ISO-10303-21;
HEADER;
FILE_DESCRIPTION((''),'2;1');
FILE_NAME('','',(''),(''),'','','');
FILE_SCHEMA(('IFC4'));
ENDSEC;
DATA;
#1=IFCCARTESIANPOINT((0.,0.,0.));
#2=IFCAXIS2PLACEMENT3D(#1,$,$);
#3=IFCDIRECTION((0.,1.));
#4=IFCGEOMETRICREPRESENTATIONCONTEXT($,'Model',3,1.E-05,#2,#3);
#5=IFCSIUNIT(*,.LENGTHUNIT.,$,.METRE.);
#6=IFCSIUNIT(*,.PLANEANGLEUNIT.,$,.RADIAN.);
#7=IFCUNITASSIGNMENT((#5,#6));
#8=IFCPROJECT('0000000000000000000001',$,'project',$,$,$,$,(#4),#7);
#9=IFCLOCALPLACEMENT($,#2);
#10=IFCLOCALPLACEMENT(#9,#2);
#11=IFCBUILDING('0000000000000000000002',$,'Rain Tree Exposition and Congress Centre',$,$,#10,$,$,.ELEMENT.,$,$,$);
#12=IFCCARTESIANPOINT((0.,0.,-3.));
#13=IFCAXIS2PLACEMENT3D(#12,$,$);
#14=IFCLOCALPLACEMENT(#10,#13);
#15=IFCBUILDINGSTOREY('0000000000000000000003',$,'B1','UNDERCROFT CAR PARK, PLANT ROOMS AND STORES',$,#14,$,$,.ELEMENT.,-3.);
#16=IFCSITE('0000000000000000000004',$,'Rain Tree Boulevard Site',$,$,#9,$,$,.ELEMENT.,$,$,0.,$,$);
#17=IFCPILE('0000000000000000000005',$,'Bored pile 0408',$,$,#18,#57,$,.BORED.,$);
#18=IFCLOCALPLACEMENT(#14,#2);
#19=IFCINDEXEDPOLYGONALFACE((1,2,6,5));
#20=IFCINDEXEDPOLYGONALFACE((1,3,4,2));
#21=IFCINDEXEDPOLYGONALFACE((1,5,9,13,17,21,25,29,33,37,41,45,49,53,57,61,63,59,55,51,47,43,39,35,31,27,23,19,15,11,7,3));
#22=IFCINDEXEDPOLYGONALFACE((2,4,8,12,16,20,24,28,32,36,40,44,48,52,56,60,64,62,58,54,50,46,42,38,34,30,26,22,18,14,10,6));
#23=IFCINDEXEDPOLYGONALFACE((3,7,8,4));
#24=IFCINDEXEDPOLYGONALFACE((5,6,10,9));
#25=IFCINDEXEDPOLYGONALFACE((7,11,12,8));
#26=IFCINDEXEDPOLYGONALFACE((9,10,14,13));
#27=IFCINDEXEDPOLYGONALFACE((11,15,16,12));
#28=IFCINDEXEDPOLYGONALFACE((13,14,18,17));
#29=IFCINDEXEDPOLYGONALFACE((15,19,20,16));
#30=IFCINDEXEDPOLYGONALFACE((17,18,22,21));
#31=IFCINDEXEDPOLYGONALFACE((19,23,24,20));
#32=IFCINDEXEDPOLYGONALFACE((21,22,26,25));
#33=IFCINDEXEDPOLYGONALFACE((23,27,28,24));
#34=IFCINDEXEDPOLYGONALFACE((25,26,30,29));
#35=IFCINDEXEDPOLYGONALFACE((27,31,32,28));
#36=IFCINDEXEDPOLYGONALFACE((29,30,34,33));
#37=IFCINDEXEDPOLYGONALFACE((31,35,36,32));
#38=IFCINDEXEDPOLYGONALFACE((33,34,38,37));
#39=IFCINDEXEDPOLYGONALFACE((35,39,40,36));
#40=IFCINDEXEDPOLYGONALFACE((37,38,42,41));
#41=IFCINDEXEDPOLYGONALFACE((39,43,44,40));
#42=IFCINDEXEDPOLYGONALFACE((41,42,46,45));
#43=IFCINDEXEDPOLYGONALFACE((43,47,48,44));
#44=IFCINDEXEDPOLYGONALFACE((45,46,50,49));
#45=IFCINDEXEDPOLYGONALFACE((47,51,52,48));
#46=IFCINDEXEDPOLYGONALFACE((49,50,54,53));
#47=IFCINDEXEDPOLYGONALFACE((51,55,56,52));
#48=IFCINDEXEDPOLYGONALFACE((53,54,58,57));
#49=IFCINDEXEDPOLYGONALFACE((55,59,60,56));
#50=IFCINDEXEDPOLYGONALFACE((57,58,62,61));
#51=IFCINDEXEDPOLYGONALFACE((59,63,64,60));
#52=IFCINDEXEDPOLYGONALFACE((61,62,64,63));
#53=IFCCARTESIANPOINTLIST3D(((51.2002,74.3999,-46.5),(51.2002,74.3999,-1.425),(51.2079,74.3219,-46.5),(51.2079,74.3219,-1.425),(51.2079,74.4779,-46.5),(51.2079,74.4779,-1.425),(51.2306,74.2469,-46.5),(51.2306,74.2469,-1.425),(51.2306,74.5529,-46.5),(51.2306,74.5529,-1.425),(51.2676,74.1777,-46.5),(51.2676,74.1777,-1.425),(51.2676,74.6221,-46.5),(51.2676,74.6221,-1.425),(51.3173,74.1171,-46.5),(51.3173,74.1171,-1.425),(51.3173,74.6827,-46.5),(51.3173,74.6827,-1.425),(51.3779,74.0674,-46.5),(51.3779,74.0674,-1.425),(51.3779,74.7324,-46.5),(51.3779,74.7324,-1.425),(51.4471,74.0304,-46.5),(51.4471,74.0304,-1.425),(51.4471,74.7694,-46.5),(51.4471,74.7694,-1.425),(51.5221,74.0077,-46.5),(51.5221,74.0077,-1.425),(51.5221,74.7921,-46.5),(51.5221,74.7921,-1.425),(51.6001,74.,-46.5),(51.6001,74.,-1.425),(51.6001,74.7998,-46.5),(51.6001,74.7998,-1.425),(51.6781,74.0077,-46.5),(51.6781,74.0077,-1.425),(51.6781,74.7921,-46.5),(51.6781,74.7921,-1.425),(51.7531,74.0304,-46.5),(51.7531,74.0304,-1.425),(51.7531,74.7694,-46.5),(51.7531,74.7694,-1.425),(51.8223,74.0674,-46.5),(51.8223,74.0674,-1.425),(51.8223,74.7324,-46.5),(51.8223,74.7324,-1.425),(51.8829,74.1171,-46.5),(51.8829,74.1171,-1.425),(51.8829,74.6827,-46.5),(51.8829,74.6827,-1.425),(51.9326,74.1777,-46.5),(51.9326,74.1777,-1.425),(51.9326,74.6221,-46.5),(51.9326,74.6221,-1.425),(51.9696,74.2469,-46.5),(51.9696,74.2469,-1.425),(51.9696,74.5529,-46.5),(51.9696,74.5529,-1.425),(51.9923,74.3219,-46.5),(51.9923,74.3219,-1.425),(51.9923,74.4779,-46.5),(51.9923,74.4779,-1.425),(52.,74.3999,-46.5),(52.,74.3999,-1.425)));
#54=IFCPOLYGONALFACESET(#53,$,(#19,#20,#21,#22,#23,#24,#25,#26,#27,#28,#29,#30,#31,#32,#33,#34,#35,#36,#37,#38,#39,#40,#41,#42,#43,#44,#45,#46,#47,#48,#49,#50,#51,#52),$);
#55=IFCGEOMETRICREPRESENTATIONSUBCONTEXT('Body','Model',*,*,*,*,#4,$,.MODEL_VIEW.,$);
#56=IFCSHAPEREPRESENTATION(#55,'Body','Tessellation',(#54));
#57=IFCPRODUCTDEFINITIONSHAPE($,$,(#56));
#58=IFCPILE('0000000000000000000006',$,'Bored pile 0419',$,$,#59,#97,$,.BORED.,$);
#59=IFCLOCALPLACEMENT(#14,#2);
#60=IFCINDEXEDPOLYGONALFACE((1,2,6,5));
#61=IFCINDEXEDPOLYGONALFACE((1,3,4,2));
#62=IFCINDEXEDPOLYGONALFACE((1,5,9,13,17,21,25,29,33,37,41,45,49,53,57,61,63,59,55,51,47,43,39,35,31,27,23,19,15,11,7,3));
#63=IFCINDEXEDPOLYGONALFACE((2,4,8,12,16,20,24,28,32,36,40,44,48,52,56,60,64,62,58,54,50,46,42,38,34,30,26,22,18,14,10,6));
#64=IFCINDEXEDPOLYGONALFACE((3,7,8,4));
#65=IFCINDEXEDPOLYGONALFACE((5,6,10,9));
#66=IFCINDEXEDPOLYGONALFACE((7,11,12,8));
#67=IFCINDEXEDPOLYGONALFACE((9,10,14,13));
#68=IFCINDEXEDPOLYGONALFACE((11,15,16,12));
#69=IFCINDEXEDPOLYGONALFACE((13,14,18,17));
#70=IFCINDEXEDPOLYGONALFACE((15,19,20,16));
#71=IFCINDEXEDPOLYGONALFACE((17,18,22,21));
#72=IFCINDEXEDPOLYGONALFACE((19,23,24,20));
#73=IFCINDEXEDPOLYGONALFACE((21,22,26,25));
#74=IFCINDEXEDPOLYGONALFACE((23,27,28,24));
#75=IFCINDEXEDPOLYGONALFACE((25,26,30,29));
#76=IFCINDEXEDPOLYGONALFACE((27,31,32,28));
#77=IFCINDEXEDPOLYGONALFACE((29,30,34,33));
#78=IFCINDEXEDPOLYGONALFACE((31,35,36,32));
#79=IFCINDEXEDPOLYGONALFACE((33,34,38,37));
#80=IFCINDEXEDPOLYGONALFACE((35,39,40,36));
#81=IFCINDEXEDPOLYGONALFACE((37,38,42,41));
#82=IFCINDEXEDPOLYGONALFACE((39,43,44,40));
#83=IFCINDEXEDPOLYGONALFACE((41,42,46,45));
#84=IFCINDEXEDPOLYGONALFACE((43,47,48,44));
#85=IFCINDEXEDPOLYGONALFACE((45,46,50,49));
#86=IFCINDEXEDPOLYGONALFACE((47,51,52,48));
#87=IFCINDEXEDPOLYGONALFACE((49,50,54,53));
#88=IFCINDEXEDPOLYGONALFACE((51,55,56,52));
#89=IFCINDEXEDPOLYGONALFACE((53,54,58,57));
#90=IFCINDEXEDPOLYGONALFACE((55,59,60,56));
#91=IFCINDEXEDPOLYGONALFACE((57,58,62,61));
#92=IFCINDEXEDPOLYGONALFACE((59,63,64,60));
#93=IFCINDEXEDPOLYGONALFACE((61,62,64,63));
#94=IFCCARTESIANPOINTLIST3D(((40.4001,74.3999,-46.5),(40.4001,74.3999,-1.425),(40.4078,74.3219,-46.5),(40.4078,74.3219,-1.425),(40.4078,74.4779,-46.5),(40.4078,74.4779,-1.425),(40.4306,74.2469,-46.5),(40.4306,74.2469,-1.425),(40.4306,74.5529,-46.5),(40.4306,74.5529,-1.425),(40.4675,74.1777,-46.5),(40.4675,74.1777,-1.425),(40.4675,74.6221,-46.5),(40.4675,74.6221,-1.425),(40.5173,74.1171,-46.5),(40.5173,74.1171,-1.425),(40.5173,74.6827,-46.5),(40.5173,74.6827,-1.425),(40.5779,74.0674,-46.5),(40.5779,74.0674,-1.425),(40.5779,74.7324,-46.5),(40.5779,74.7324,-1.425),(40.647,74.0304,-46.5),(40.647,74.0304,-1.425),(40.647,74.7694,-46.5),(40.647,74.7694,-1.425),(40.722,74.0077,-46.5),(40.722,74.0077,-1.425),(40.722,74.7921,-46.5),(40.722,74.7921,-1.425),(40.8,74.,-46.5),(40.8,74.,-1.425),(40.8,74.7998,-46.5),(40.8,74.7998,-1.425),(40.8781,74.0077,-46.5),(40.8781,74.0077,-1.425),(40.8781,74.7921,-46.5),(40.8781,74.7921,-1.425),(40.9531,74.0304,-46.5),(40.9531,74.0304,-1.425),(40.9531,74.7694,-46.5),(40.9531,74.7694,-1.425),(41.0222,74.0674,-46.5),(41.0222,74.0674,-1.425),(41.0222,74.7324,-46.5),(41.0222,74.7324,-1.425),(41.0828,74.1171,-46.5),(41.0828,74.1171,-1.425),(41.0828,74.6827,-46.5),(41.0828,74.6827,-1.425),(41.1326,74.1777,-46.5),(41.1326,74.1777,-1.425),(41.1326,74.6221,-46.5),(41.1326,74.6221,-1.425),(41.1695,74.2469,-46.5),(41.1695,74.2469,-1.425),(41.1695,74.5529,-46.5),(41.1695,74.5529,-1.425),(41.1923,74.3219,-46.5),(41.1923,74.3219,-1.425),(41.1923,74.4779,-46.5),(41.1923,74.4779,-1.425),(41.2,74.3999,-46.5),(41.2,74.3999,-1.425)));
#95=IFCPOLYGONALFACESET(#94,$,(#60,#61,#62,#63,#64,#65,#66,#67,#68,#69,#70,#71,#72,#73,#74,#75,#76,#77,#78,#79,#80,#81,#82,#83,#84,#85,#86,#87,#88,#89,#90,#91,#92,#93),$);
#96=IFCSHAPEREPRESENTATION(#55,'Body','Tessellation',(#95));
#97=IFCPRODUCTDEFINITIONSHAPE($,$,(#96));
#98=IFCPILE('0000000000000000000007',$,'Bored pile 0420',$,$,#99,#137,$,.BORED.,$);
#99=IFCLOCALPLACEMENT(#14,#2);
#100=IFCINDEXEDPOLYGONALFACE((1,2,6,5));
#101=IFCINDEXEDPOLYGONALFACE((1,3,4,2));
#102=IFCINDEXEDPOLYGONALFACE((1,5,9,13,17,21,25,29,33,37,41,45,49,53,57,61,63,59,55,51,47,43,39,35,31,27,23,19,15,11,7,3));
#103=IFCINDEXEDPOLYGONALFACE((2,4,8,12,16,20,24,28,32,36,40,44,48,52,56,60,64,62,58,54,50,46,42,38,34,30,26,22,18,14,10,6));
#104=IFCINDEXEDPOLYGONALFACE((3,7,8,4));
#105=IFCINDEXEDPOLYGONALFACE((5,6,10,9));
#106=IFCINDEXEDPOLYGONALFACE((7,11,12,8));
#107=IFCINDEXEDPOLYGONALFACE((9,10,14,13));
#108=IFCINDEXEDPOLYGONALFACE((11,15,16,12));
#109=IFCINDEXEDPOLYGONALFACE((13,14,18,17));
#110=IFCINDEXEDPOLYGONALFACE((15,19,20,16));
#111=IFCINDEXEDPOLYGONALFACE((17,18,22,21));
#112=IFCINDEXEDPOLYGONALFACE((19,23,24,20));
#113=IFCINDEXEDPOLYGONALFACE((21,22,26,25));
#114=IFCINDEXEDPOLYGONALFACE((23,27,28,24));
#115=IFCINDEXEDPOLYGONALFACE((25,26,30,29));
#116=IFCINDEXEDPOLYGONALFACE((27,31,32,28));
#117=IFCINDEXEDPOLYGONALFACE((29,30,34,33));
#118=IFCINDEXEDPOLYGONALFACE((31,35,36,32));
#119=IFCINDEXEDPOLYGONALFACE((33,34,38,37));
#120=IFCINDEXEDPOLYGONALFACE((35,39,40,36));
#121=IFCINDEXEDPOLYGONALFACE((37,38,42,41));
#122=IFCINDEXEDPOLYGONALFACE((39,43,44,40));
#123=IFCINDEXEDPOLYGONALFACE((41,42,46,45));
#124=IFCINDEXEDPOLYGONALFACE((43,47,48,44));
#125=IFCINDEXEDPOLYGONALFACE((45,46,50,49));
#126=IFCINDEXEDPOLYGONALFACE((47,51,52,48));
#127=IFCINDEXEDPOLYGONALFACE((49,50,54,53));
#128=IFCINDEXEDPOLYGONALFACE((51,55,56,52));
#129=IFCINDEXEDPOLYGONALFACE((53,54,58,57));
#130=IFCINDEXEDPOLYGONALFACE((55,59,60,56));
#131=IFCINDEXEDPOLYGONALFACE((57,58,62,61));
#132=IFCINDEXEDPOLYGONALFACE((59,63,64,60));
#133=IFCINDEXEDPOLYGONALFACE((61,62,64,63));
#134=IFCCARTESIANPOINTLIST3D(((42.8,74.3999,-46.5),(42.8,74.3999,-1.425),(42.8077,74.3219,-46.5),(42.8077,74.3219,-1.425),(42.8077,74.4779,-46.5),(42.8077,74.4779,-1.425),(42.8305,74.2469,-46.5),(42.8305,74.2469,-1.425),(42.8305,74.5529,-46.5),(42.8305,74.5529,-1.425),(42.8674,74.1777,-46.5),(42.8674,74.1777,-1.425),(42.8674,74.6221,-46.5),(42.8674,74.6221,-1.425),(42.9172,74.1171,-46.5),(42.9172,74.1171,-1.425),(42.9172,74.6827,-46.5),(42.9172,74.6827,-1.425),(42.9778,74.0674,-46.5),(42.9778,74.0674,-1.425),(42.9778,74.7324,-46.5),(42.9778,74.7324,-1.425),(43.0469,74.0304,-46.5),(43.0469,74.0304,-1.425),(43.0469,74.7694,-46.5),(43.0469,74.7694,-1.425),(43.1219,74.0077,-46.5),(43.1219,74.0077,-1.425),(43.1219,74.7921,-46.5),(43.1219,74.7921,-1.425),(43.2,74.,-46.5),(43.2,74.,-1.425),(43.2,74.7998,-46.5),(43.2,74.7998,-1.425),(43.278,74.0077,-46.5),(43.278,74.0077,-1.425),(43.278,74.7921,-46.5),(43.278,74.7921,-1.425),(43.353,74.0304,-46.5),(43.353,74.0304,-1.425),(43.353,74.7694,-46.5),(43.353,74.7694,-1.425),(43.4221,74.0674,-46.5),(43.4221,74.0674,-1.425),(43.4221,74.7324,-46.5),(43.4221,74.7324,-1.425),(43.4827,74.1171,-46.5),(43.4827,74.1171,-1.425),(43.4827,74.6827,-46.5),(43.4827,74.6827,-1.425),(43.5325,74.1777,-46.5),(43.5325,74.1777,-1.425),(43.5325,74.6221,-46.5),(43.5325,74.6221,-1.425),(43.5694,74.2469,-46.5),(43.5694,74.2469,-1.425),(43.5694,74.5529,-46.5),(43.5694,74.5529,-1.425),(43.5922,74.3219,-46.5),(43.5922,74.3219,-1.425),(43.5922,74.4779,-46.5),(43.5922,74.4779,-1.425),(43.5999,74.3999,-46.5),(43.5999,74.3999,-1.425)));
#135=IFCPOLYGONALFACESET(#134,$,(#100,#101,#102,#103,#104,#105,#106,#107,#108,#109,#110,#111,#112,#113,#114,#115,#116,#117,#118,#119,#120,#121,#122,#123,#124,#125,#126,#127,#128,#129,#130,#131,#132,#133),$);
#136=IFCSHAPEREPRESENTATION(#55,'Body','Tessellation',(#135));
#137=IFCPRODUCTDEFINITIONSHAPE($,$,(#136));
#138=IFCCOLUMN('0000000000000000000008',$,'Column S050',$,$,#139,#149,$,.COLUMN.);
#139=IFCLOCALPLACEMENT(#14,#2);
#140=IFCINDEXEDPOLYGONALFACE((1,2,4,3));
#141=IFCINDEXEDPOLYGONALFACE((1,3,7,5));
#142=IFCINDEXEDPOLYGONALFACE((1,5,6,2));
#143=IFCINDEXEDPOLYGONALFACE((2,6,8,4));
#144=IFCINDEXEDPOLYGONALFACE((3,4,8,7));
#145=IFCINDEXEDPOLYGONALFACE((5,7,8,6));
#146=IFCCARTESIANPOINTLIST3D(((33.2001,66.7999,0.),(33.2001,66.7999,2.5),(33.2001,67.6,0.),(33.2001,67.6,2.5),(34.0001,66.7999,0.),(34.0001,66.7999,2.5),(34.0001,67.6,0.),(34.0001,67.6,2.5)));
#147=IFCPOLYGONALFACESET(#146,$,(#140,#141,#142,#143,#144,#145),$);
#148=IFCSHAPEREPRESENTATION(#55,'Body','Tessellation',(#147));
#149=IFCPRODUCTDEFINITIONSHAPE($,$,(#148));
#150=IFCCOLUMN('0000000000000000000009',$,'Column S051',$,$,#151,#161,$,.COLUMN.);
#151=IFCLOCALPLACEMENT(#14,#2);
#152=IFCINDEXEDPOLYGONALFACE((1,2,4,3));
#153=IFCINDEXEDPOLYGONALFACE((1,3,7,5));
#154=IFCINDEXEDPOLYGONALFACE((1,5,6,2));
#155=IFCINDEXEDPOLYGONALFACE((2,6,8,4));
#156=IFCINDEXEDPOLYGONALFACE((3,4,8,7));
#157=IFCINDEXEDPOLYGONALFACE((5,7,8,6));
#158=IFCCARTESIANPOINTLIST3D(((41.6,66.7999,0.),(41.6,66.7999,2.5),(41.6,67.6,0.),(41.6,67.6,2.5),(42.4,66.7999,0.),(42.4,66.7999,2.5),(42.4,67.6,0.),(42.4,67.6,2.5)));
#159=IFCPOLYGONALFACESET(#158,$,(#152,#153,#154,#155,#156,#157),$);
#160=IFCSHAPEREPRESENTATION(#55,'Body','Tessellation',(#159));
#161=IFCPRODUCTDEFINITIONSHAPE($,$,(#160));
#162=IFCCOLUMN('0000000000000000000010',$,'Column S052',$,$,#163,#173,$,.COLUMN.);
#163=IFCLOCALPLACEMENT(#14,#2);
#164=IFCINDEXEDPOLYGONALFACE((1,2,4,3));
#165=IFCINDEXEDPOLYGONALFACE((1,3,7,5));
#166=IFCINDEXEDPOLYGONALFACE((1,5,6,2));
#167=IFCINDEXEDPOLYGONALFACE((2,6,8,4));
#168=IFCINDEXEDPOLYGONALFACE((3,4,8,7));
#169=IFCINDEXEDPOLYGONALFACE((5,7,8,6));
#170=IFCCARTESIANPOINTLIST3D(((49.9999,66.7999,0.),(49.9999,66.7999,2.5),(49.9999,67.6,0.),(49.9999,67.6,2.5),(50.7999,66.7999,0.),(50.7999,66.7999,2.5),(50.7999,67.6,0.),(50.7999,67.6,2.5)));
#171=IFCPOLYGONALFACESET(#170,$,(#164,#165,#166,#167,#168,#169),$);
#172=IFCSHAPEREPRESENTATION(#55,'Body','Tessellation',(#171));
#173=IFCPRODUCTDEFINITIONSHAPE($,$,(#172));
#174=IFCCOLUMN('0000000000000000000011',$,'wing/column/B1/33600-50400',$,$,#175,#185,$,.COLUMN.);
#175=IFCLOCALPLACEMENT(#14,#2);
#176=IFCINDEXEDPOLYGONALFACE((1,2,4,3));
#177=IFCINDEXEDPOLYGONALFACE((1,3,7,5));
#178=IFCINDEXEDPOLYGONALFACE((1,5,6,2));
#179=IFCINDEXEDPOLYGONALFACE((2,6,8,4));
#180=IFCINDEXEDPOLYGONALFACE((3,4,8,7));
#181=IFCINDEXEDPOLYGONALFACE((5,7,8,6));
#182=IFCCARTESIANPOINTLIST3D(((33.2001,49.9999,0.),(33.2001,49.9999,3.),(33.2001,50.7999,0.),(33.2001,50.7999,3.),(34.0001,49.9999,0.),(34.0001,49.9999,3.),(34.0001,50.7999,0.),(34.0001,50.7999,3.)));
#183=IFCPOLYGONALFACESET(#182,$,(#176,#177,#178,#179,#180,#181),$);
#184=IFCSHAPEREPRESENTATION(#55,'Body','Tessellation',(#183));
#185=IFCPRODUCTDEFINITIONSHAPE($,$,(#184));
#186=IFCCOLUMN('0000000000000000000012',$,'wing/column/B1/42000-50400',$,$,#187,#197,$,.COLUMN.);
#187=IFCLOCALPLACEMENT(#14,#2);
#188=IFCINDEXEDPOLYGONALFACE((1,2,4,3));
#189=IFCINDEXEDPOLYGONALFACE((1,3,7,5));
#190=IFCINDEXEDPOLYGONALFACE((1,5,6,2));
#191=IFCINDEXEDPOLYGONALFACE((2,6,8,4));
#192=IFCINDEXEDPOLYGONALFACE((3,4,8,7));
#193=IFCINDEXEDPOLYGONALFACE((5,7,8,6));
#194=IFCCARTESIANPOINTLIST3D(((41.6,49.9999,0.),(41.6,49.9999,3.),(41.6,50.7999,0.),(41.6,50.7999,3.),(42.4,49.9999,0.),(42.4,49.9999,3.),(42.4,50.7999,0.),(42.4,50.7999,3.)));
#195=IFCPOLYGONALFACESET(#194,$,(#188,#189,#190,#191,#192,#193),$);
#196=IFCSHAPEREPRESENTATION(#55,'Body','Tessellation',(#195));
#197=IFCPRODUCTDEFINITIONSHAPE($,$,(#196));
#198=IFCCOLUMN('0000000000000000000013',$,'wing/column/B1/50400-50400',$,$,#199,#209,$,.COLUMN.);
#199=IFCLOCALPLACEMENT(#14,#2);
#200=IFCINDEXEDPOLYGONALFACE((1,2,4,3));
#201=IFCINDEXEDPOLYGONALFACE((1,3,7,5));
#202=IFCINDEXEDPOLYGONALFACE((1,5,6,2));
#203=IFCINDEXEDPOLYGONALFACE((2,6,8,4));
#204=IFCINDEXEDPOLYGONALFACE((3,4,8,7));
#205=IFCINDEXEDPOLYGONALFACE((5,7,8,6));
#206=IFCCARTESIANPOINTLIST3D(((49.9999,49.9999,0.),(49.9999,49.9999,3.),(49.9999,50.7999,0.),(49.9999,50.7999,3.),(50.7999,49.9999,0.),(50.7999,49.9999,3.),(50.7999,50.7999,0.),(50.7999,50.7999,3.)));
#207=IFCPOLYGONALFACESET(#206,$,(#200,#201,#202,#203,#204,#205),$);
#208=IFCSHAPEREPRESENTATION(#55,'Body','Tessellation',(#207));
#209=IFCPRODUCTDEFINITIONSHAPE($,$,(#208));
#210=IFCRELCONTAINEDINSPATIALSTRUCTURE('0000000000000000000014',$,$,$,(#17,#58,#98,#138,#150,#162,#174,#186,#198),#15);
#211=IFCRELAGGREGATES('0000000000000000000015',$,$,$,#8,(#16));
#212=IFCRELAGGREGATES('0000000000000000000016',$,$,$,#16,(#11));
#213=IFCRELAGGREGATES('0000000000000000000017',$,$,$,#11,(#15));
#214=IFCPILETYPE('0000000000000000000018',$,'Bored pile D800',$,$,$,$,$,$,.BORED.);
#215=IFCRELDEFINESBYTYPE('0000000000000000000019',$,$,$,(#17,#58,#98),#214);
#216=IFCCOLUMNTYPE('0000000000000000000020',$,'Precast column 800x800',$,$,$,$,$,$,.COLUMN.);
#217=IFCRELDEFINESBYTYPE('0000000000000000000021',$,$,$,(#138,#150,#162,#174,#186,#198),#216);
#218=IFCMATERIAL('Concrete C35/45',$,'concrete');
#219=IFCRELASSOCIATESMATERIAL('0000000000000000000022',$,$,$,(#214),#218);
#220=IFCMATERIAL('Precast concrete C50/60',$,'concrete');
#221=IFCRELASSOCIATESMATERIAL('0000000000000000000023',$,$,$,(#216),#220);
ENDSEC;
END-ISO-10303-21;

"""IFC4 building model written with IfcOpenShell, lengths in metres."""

from ifc_helpers import new_model, si_unit, direction, frame, origin, origin_2d, place, context, subcontext, project, spatial, rectangle, circle, extrude, material, material_profile, profile_set, type_object, element, save


model = new_model("IFC4")

# Units and contexts
model_context = context("Model", 3, precision=1e-05, world=origin(), true_north=direction((0.0, 1.0)))
body_context = subcontext(model_context, "Body", "Model", "MODEL_VIEW")
ifc_project = project(units=[si_unit("LENGTHUNIT", "METRE"), si_unit("PLANEANGLEUNIT", "RADIAN")], contexts=[model_context])

# Site, building, storey
site_placement = place(None, origin())
site = spatial("IfcSite", under=ifc_project, at=site_placement, Name="Rain Tree Boulevard Site", CompositionType="ELEMENT", RefElevation=0.0)
building_placement = place(site_placement, origin())
building = spatial("IfcBuilding", under=site, at=building_placement, Name="Rain Tree Exposition and Congress Centre", CompositionType="ELEMENT")
storey_placement = place(building_placement, frame((0.0, 0.0, -3.0)))
storey = spatial("IfcBuildingStorey", under=building, at=storey_placement, Name="B1", Description="UNDERCROFT CAR PARK, PLANT ROOMS AND STORES", CompositionType="ELEMENT", Elevation=-3.0)

# Piles
ifc_material_1 = material(Name="Concrete C35/45", Category="concrete")
ifc_material_profile_1 = material_profile(ifc_material_1, circle(Radius=0.3999, at=origin_2d()), Name="D800")
ifc_profile_set_1 = profile_set([ifc_material_profile_1], Name="Concrete C35/45")
pile_type = type_object("IfcPileType", Name="Bored pile D800", PredefinedType="BORED", material=ifc_profile_set_1)
for number, where, z_axis, x_axis, name in (
    (1, (51.6001, 74.3999, -1.425), (0.0, 0.0, -1.0), (1.0, 0.0, 0.0), "Bored pile 0408"),
    (2, (40.8, 74.3999, -1.425), (0.0, 0.0, -1.0), (1.0, 0.0, 0.0), "Bored pile 0419"),
    (3, (43.2, 74.3999, -1.425), (0.0, 0.0, -1.0), (1.0, 0.0, 0.0), "Bored pile 0420"),
):
    element("IfcPile", number, at=place(storey_placement, frame(where, z_axis=z_axis, x_axis=x_axis)), inside=storey, type_object=pile_type, Name=name, PredefinedType="BORED", context=body_context, shape_type="SweptSolid", body=[
        extrude(circle(Radius=0.3999, at=origin_2d()), origin(), (0.0, 0.0, 1.0), 45.075),
    ])

# Columns
ifc_material_2 = material(Name="Precast concrete C50/60", Category="concrete")
ifc_material_profile_2 = material_profile(ifc_material_2, rectangle(XDim=0.8, YDim=0.8, at=origin_2d()), Name="RC 800x800")
ifc_profile_set_2 = profile_set([ifc_material_profile_2], Name="Precast concrete C50/60")
column_type = type_object("IfcColumnType", Name="Precast column 800x800", PredefinedType="COLUMN", material=ifc_profile_set_2)
for number, where, z_axis, x_axis, name in (
    (4, (33.6001, 67.2, 0.0), (0.0, 0.0, 1.0), (1.0, 0.0, 0.0), "Column S050"),
    (5, (42.0, 67.2, 0.0), (0.0, 0.0, 1.0), (1.0, 0.0, 0.0), "Column S051"),
    (6, (50.3999, 67.2, 0.0), (0.0, 0.0, 1.0), (1.0, 0.0, 0.0), "Column S052"),
):
    element("IfcColumn", number, at=place(storey_placement, frame(where, z_axis=z_axis, x_axis=x_axis)), inside=storey, type_object=column_type, Name=name, PredefinedType="COLUMN", context=body_context, shape_type="SweptSolid", body=[
        extrude(rectangle(XDim=0.8, YDim=0.8, at=origin_2d()), origin(), (0.0, 0.0, 1.0), 2.5),
    ])
for number, where, z_axis, x_axis, name in (
    (7, (33.6001, 50.3999, 0.0), (0.0, 0.0, 1.0), (1.0, 0.0, 0.0), "wing/column/B1/33600-50400"),
    (8, (42.0, 50.3999, 0.0), (0.0, 0.0, 1.0), (1.0, 0.0, 0.0), "wing/column/B1/42000-50400"),
    (9, (50.3999, 50.3999, 0.0), (0.0, 0.0, 1.0), (1.0, 0.0, 0.0), "wing/column/B1/50400-50400"),
):
    element("IfcColumn", number, at=place(storey_placement, frame(where, z_axis=z_axis, x_axis=x_axis)), inside=storey, type_object=column_type, Name=name, PredefinedType="COLUMN", context=body_context, shape_type="SweptSolid", body=[
        extrude(rectangle(XDim=0.8, YDim=0.8, at=origin_2d()), origin(), (0.0, 0.0, 1.0), 3.0),
    ])

save(model, "model.ifc")
